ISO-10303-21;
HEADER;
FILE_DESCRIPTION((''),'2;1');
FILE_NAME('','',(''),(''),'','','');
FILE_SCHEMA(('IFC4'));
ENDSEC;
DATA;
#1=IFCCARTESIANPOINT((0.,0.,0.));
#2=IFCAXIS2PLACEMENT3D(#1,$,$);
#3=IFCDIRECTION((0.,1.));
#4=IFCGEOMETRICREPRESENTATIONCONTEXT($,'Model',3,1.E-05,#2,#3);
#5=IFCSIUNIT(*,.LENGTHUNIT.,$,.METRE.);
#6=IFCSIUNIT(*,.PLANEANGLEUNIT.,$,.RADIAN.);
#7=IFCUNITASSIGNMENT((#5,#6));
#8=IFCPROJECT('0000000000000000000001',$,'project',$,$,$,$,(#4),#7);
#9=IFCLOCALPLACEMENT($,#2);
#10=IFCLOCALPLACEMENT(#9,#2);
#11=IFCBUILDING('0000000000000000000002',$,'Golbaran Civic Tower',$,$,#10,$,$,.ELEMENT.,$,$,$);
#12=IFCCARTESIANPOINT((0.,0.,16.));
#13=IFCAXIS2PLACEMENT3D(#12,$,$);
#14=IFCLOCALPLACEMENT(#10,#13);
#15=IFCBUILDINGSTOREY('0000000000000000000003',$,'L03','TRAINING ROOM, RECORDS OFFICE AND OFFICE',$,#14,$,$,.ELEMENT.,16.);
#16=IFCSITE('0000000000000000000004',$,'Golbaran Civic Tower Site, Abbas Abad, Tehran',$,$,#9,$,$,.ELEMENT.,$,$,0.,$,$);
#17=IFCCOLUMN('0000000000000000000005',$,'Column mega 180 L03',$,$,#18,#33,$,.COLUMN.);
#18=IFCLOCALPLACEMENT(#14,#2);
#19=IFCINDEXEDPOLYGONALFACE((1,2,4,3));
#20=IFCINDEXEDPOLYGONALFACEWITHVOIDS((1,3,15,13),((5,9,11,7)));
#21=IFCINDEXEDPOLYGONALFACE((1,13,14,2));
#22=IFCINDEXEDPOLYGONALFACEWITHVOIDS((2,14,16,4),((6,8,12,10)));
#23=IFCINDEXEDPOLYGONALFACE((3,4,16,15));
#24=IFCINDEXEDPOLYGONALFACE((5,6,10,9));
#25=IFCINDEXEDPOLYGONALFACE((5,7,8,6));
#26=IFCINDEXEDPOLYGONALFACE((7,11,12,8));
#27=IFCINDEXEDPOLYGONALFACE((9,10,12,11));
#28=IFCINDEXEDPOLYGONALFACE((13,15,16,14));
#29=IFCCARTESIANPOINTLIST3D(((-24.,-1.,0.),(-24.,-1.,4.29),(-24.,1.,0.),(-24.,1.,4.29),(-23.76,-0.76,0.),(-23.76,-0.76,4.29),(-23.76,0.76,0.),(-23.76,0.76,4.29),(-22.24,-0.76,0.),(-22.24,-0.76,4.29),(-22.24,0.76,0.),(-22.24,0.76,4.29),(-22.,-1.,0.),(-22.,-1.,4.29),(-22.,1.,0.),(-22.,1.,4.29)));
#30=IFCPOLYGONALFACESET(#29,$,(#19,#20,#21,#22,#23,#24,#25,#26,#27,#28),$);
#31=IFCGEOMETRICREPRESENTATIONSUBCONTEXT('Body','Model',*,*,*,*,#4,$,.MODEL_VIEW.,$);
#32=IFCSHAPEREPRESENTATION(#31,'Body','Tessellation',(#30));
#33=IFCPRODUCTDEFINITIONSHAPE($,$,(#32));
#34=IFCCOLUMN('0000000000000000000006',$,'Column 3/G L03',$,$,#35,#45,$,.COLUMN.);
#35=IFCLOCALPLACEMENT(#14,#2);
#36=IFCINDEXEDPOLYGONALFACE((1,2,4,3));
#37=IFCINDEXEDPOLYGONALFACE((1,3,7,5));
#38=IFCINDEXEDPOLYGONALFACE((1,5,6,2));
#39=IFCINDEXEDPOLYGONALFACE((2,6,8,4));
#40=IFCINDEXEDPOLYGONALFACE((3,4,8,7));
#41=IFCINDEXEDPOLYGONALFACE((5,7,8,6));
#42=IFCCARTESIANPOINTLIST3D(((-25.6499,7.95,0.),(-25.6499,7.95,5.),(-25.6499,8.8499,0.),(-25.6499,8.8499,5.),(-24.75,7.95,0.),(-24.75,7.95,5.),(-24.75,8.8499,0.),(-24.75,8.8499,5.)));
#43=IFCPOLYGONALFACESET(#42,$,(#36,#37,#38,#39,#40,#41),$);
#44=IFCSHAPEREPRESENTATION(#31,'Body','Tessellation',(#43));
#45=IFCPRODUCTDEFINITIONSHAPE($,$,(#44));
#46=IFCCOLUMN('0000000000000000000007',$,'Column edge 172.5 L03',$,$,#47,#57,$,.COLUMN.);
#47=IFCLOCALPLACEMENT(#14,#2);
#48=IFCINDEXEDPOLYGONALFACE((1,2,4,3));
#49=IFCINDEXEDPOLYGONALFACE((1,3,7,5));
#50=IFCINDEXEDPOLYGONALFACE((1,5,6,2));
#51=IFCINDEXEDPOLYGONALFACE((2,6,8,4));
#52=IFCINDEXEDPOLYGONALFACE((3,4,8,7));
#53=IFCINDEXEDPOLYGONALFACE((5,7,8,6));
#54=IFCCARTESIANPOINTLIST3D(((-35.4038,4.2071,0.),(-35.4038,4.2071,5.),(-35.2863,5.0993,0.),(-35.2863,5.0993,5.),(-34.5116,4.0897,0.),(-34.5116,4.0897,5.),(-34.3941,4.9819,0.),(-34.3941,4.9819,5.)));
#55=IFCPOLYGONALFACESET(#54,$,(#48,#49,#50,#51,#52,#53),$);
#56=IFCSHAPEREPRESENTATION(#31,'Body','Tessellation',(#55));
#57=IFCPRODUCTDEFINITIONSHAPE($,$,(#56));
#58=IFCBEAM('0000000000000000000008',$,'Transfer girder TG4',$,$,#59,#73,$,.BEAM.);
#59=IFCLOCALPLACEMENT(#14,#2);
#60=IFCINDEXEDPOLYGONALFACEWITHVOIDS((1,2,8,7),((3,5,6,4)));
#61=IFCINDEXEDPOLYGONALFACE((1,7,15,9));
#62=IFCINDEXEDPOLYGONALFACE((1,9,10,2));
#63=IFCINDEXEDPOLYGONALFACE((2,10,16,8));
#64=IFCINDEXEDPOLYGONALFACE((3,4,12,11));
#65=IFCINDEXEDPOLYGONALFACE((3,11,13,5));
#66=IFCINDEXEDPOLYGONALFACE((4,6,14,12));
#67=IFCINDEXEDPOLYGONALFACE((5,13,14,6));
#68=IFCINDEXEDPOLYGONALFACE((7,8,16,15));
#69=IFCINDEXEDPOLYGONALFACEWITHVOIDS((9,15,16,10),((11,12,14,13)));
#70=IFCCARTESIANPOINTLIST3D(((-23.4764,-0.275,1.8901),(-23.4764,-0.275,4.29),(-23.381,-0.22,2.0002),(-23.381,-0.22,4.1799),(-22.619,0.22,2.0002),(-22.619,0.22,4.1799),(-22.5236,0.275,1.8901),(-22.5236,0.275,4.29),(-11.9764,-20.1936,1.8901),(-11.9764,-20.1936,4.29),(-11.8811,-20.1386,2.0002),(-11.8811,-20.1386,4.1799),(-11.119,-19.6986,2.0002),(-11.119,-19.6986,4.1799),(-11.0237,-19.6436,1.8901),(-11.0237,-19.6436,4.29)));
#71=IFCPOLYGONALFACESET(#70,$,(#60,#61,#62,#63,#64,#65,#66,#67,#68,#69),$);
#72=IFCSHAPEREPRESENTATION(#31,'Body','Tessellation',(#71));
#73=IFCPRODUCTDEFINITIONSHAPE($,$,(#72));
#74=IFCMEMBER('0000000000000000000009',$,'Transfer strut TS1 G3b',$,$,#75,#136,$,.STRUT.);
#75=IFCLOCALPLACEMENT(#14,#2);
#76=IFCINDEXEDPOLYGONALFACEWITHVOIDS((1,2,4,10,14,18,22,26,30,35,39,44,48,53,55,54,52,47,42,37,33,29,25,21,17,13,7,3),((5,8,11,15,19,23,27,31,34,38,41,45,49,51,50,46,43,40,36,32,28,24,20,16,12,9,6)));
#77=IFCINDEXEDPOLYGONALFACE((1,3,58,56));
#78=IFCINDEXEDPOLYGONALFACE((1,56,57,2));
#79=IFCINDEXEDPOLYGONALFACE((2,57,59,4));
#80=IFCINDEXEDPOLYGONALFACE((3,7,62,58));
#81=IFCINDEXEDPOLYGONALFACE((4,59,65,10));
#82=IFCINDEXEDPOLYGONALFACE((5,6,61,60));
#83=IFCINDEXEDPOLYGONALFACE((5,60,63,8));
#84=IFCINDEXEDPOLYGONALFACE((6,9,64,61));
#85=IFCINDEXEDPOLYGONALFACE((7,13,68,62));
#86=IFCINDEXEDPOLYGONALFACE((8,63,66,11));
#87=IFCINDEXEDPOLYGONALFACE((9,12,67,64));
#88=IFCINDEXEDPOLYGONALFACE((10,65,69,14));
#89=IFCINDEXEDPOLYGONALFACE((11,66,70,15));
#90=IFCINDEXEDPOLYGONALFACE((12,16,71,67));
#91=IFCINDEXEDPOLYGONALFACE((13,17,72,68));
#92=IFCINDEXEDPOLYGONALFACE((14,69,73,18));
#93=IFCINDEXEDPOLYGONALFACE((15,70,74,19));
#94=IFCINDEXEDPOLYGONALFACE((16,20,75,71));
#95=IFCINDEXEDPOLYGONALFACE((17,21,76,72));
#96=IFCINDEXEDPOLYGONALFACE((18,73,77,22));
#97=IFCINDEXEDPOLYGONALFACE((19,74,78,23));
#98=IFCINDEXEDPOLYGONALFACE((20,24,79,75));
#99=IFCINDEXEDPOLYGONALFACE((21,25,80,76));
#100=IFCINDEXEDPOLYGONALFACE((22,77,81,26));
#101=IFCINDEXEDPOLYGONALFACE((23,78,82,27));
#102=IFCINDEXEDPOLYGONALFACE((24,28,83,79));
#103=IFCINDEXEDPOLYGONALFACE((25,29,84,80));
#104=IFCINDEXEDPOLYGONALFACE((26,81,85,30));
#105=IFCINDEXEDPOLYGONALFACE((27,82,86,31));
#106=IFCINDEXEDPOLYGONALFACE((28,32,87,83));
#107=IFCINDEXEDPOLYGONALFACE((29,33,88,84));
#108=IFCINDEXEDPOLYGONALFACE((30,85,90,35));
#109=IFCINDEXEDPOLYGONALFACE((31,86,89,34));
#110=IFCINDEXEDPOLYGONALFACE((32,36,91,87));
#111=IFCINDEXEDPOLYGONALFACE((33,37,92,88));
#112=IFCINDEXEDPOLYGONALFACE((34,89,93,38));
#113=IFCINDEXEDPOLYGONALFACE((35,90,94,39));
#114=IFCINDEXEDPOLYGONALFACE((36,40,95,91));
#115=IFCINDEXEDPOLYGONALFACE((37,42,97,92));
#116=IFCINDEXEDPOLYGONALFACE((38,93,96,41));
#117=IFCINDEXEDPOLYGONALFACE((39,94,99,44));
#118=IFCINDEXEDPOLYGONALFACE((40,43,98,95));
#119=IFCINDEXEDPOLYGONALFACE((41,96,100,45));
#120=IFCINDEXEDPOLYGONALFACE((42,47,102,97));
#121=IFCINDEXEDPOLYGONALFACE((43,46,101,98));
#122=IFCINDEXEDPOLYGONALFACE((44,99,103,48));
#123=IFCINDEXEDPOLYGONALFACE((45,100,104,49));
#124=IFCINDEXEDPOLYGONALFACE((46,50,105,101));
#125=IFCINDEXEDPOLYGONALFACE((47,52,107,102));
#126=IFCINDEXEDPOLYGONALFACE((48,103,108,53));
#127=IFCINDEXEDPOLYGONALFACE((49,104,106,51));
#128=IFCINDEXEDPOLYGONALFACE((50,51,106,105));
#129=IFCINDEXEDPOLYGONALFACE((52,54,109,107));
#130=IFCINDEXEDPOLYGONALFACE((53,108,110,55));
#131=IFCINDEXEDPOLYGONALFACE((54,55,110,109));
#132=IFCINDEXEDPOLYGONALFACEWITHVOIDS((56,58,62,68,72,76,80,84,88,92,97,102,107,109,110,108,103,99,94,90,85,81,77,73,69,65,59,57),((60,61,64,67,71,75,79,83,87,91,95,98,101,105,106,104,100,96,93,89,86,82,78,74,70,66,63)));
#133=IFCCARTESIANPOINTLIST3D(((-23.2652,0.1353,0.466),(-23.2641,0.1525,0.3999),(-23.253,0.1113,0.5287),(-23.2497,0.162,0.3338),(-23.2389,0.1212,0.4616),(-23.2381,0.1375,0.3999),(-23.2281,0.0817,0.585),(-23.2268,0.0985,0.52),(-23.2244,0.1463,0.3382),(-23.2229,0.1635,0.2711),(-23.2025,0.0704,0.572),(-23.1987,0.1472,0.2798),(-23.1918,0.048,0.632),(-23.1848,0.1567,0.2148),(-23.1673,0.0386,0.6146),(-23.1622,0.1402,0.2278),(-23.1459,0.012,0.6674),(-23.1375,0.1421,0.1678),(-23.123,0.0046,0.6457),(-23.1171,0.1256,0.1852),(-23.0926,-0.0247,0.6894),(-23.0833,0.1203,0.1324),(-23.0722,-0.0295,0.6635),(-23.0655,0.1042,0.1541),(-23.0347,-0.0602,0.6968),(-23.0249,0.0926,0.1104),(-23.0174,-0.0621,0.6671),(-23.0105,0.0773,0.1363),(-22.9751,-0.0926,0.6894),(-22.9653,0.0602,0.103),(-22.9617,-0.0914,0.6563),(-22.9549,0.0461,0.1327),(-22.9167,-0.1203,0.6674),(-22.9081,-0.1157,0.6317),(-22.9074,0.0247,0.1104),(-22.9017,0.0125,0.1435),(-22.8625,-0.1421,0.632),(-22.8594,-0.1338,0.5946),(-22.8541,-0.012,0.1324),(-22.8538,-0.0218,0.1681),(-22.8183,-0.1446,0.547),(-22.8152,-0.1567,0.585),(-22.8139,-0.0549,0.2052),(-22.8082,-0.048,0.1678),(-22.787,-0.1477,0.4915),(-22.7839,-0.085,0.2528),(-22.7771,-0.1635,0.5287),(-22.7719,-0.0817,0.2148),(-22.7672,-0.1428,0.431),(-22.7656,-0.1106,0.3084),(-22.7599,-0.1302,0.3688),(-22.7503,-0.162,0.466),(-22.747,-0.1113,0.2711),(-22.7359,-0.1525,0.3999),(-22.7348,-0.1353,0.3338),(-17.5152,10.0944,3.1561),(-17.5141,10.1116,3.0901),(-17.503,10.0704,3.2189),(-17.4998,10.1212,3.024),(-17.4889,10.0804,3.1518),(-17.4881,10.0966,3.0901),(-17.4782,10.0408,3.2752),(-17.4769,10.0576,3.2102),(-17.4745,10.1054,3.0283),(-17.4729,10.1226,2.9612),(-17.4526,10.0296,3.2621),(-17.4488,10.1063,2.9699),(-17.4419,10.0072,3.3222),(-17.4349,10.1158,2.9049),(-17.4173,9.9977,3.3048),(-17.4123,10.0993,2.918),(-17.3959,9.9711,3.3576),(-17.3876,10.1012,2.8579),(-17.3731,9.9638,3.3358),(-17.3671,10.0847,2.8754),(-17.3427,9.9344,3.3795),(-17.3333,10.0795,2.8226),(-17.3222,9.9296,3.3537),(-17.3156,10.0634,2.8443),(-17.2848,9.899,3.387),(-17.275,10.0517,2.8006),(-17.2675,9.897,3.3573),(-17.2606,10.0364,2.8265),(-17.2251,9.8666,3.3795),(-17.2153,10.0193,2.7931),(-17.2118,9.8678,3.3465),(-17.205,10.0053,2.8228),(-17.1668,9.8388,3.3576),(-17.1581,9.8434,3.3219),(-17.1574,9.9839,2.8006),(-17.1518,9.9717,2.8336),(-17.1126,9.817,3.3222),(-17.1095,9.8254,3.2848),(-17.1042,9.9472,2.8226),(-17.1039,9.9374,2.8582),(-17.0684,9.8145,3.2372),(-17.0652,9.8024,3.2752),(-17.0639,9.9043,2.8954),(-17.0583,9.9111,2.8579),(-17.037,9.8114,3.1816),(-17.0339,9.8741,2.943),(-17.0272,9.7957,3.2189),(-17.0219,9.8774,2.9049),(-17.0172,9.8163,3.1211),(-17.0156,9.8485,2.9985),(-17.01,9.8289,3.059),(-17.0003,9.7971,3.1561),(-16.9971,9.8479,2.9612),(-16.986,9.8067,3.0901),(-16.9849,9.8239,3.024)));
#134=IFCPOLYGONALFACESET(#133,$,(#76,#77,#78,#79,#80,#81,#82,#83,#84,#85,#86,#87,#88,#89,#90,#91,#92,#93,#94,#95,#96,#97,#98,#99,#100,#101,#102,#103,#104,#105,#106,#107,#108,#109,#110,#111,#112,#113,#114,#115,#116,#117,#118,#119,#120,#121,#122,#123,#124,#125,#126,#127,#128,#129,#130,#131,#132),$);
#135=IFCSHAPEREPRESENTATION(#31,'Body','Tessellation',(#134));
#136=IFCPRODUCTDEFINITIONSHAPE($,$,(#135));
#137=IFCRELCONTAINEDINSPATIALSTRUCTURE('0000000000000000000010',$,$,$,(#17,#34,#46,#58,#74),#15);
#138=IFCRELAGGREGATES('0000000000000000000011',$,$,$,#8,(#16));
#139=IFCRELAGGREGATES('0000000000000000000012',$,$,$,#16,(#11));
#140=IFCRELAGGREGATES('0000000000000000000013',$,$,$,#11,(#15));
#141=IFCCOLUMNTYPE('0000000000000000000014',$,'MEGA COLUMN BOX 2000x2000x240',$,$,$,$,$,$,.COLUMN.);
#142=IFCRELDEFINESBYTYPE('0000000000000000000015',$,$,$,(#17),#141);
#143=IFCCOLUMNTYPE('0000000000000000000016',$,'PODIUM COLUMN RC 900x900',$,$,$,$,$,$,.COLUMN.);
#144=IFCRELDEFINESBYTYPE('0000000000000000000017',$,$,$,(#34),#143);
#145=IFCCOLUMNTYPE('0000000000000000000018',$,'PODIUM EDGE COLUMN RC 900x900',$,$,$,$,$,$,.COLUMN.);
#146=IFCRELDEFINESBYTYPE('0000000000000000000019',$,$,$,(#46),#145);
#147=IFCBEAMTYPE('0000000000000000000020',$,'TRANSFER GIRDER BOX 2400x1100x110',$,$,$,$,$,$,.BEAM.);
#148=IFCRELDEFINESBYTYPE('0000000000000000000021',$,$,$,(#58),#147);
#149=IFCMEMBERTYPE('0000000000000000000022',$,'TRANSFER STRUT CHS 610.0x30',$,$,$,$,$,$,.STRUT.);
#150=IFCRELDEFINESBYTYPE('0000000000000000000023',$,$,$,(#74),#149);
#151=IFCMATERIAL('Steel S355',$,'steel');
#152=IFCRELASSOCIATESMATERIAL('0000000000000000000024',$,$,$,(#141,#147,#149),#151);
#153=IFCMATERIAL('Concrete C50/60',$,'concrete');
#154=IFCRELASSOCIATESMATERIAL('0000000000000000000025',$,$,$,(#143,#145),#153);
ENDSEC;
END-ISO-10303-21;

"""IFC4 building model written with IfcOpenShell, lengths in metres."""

from ifc_helpers import new_model, si_unit, direction, frame, origin, origin_2d, place, context, subcontext, project, spatial, rectangle, hollow_rectangle, hollow_circle, extrude, material, material_profile, profile_set, type_object, element, save


model = new_model("IFC4")

# Units and contexts
model_context = context("Model", 3, precision=1e-05, world=origin(), true_north=direction((0.0, 1.0)))
body_context = subcontext(model_context, "Body", "Model", "MODEL_VIEW")
ifc_project = project(units=[si_unit("LENGTHUNIT", "METRE"), si_unit("PLANEANGLEUNIT", "RADIAN")], contexts=[model_context])

# Site, building, storey
site_placement = place(None, origin())
site = spatial("IfcSite", under=ifc_project, at=site_placement, Name="Golbaran Civic Tower Site, Abbas Abad, Tehran", CompositionType="ELEMENT", RefElevation=0.0)
building_placement = place(site_placement, origin())
building = spatial("IfcBuilding", under=site, at=building_placement, Name="Golbaran Civic Tower", CompositionType="ELEMENT")
storey_placement = place(building_placement, frame((0.0, 0.0, 16.0)))
storey = spatial("IfcBuildingStorey", under=building, at=storey_placement, Name="L03", Description="TRAINING ROOM, RECORDS OFFICE AND OFFICE", CompositionType="ELEMENT", Elevation=16.0)

# Columns
ifc_material_1 = material(Name="Steel S355", Category="steel")
ifc_material_profile_1 = material_profile(ifc_material_1, hollow_rectangle(XDim=2.0, YDim=2.0, WallThickness=0.24, at=origin_2d()), Name="BOX 2000x2000x240")
ifc_profile_set_1 = profile_set([ifc_material_profile_1], Name="Steel S355")
column_type_1 = type_object("IfcColumnType", Name="MEGA COLUMN BOX 2000x2000x240", PredefinedType="COLUMN", material=ifc_profile_set_1)
column_1_placement = place(storey_placement, frame((-23.0, 0.0, 0.0), z_axis=(0.0, 0.0, 1.0), x_axis=(-1.0, 0.0, 0.0)))
element("IfcColumn", 1, at=column_1_placement, inside=storey, type_object=column_type_1, Name="Column mega 180 L03", PredefinedType="COLUMN", context=body_context, shape_type="SweptSolid", body=[
    extrude(hollow_rectangle(XDim=2.0, YDim=2.0, WallThickness=0.24, at=origin_2d()), origin(), (0.0, 0.0, 1.0), 4.29),
])
ifc_material_2 = material(Name="Concrete C50/60", Category="concrete")
ifc_material_profile_2 = material_profile(ifc_material_2, rectangle(XDim=0.8999, YDim=0.8999, at=origin_2d()), Name="RC 900x900")
ifc_profile_set_2 = profile_set([ifc_material_profile_2], Name="Concrete C50/60")
column_type_2 = type_object("IfcColumnType", Name="PODIUM COLUMN RC 900x900", PredefinedType="COLUMN", material=ifc_profile_set_2)
column_2_placement = place(storey_placement, frame((-25.2, 8.3999, 0.0), z_axis=(0.0, 0.0, 1.0), x_axis=(1.0, 0.0, 0.0)))
element("IfcColumn", 2, at=column_2_placement, inside=storey, type_object=column_type_2, Name="Column 3/G L03", PredefinedType="COLUMN", context=body_context, shape_type="SweptSolid", body=[
    extrude(rectangle(XDim=0.8999, YDim=0.8999, at=origin_2d()), origin(), (0.0, 0.0, 1.0), 5.0),
])
ifc_material_profile_3 = material_profile(ifc_material_2, rectangle(XDim=0.8999, YDim=0.8999, at=origin_2d()), Name="RC 900x900")
ifc_profile_set_3 = profile_set([ifc_material_profile_3], Name="Concrete C50/60")
column_type_3 = type_object("IfcColumnType", Name="PODIUM EDGE COLUMN RC 900x900", PredefinedType="COLUMN", material=ifc_profile_set_3)
column_3_placement = place(storey_placement, frame((-34.8989, 4.5945, 0.0), z_axis=(0.0, 0.0, 1.0), x_axis=(-0.991445, 0.130526, 0.0)))
element("IfcColumn", 3, at=column_3_placement, inside=storey, type_object=column_type_3, Name="Column edge 172.5 L03", PredefinedType="COLUMN", context=body_context, shape_type="SweptSolid", body=[
    extrude(rectangle(XDim=0.8999, YDim=0.8999, at=origin_2d()), origin(), (0.0, 0.0, 1.0), 5.0),
])

# Beam
ifc_material_profile_4 = material_profile(ifc_material_1, hollow_rectangle(XDim=1.1001, YDim=2.3999, WallThickness=0.1101, at=origin_2d()), Name="BOX 2400x1100x110")
ifc_profile_set_4 = profile_set([ifc_material_profile_4], Name="Steel S355")
beam_type = type_object("IfcBeamType", Name="TRANSFER GIRDER BOX 2400x1100x110", PredefinedType="BEAM", material=ifc_profile_set_4)
beam_placement = place(storey_placement, frame((-23.0, 0.0, 3.0901), z_axis=(0.499998, -0.866027, 0.0), x_axis=(0.866027, 0.499998, 0.0)))
element("IfcBeam", 4, at=beam_placement, inside=storey, type_object=beam_type, Name="Transfer girder TG4", PredefinedType="BEAM", context=body_context, shape_type="SweptSolid", body=[
    extrude(hollow_rectangle(XDim=1.1001, YDim=2.3999, WallThickness=0.1101, at=origin_2d()), origin(), (0.0, 0.0, 1.0), 23.0),
])

# Member
ifc_material_profile_5 = material_profile(ifc_material_1, hollow_circle(Radius=0.3049, WallThickness=0.03, at=origin_2d()), Name="CHS 610.0x30")
ifc_profile_set_5 = profile_set([ifc_material_profile_5], Name="Steel S355")
member_type = type_object("IfcMemberType", Name="TRANSFER STRUT CHS 610.0x30", PredefinedType="STRUT", material=ifc_profile_set_5)
for number, where, z_axis, x_axis, name in (
    (5, (-23.0, 0.0, 0.3999), (0.486859, 0.843258, 0.227781), (-0.866024, 0.500002, 0.0), "Transfer strut TS1 G3b"),
):
    element("IfcMember", number, at=place(storey_placement, frame(where, z_axis=z_axis, x_axis=x_axis)), inside=storey, type_object=member_type, Name=name, PredefinedType="STRUT", context=body_context, shape_type="SweptSolid", body=[
        extrude(hollow_circle(Radius=0.3049, WallThickness=0.03, at=origin_2d()), origin(), (0.0, 0.0, 1.0), 11.8103),
    ])

save(model, "model.ifc")
